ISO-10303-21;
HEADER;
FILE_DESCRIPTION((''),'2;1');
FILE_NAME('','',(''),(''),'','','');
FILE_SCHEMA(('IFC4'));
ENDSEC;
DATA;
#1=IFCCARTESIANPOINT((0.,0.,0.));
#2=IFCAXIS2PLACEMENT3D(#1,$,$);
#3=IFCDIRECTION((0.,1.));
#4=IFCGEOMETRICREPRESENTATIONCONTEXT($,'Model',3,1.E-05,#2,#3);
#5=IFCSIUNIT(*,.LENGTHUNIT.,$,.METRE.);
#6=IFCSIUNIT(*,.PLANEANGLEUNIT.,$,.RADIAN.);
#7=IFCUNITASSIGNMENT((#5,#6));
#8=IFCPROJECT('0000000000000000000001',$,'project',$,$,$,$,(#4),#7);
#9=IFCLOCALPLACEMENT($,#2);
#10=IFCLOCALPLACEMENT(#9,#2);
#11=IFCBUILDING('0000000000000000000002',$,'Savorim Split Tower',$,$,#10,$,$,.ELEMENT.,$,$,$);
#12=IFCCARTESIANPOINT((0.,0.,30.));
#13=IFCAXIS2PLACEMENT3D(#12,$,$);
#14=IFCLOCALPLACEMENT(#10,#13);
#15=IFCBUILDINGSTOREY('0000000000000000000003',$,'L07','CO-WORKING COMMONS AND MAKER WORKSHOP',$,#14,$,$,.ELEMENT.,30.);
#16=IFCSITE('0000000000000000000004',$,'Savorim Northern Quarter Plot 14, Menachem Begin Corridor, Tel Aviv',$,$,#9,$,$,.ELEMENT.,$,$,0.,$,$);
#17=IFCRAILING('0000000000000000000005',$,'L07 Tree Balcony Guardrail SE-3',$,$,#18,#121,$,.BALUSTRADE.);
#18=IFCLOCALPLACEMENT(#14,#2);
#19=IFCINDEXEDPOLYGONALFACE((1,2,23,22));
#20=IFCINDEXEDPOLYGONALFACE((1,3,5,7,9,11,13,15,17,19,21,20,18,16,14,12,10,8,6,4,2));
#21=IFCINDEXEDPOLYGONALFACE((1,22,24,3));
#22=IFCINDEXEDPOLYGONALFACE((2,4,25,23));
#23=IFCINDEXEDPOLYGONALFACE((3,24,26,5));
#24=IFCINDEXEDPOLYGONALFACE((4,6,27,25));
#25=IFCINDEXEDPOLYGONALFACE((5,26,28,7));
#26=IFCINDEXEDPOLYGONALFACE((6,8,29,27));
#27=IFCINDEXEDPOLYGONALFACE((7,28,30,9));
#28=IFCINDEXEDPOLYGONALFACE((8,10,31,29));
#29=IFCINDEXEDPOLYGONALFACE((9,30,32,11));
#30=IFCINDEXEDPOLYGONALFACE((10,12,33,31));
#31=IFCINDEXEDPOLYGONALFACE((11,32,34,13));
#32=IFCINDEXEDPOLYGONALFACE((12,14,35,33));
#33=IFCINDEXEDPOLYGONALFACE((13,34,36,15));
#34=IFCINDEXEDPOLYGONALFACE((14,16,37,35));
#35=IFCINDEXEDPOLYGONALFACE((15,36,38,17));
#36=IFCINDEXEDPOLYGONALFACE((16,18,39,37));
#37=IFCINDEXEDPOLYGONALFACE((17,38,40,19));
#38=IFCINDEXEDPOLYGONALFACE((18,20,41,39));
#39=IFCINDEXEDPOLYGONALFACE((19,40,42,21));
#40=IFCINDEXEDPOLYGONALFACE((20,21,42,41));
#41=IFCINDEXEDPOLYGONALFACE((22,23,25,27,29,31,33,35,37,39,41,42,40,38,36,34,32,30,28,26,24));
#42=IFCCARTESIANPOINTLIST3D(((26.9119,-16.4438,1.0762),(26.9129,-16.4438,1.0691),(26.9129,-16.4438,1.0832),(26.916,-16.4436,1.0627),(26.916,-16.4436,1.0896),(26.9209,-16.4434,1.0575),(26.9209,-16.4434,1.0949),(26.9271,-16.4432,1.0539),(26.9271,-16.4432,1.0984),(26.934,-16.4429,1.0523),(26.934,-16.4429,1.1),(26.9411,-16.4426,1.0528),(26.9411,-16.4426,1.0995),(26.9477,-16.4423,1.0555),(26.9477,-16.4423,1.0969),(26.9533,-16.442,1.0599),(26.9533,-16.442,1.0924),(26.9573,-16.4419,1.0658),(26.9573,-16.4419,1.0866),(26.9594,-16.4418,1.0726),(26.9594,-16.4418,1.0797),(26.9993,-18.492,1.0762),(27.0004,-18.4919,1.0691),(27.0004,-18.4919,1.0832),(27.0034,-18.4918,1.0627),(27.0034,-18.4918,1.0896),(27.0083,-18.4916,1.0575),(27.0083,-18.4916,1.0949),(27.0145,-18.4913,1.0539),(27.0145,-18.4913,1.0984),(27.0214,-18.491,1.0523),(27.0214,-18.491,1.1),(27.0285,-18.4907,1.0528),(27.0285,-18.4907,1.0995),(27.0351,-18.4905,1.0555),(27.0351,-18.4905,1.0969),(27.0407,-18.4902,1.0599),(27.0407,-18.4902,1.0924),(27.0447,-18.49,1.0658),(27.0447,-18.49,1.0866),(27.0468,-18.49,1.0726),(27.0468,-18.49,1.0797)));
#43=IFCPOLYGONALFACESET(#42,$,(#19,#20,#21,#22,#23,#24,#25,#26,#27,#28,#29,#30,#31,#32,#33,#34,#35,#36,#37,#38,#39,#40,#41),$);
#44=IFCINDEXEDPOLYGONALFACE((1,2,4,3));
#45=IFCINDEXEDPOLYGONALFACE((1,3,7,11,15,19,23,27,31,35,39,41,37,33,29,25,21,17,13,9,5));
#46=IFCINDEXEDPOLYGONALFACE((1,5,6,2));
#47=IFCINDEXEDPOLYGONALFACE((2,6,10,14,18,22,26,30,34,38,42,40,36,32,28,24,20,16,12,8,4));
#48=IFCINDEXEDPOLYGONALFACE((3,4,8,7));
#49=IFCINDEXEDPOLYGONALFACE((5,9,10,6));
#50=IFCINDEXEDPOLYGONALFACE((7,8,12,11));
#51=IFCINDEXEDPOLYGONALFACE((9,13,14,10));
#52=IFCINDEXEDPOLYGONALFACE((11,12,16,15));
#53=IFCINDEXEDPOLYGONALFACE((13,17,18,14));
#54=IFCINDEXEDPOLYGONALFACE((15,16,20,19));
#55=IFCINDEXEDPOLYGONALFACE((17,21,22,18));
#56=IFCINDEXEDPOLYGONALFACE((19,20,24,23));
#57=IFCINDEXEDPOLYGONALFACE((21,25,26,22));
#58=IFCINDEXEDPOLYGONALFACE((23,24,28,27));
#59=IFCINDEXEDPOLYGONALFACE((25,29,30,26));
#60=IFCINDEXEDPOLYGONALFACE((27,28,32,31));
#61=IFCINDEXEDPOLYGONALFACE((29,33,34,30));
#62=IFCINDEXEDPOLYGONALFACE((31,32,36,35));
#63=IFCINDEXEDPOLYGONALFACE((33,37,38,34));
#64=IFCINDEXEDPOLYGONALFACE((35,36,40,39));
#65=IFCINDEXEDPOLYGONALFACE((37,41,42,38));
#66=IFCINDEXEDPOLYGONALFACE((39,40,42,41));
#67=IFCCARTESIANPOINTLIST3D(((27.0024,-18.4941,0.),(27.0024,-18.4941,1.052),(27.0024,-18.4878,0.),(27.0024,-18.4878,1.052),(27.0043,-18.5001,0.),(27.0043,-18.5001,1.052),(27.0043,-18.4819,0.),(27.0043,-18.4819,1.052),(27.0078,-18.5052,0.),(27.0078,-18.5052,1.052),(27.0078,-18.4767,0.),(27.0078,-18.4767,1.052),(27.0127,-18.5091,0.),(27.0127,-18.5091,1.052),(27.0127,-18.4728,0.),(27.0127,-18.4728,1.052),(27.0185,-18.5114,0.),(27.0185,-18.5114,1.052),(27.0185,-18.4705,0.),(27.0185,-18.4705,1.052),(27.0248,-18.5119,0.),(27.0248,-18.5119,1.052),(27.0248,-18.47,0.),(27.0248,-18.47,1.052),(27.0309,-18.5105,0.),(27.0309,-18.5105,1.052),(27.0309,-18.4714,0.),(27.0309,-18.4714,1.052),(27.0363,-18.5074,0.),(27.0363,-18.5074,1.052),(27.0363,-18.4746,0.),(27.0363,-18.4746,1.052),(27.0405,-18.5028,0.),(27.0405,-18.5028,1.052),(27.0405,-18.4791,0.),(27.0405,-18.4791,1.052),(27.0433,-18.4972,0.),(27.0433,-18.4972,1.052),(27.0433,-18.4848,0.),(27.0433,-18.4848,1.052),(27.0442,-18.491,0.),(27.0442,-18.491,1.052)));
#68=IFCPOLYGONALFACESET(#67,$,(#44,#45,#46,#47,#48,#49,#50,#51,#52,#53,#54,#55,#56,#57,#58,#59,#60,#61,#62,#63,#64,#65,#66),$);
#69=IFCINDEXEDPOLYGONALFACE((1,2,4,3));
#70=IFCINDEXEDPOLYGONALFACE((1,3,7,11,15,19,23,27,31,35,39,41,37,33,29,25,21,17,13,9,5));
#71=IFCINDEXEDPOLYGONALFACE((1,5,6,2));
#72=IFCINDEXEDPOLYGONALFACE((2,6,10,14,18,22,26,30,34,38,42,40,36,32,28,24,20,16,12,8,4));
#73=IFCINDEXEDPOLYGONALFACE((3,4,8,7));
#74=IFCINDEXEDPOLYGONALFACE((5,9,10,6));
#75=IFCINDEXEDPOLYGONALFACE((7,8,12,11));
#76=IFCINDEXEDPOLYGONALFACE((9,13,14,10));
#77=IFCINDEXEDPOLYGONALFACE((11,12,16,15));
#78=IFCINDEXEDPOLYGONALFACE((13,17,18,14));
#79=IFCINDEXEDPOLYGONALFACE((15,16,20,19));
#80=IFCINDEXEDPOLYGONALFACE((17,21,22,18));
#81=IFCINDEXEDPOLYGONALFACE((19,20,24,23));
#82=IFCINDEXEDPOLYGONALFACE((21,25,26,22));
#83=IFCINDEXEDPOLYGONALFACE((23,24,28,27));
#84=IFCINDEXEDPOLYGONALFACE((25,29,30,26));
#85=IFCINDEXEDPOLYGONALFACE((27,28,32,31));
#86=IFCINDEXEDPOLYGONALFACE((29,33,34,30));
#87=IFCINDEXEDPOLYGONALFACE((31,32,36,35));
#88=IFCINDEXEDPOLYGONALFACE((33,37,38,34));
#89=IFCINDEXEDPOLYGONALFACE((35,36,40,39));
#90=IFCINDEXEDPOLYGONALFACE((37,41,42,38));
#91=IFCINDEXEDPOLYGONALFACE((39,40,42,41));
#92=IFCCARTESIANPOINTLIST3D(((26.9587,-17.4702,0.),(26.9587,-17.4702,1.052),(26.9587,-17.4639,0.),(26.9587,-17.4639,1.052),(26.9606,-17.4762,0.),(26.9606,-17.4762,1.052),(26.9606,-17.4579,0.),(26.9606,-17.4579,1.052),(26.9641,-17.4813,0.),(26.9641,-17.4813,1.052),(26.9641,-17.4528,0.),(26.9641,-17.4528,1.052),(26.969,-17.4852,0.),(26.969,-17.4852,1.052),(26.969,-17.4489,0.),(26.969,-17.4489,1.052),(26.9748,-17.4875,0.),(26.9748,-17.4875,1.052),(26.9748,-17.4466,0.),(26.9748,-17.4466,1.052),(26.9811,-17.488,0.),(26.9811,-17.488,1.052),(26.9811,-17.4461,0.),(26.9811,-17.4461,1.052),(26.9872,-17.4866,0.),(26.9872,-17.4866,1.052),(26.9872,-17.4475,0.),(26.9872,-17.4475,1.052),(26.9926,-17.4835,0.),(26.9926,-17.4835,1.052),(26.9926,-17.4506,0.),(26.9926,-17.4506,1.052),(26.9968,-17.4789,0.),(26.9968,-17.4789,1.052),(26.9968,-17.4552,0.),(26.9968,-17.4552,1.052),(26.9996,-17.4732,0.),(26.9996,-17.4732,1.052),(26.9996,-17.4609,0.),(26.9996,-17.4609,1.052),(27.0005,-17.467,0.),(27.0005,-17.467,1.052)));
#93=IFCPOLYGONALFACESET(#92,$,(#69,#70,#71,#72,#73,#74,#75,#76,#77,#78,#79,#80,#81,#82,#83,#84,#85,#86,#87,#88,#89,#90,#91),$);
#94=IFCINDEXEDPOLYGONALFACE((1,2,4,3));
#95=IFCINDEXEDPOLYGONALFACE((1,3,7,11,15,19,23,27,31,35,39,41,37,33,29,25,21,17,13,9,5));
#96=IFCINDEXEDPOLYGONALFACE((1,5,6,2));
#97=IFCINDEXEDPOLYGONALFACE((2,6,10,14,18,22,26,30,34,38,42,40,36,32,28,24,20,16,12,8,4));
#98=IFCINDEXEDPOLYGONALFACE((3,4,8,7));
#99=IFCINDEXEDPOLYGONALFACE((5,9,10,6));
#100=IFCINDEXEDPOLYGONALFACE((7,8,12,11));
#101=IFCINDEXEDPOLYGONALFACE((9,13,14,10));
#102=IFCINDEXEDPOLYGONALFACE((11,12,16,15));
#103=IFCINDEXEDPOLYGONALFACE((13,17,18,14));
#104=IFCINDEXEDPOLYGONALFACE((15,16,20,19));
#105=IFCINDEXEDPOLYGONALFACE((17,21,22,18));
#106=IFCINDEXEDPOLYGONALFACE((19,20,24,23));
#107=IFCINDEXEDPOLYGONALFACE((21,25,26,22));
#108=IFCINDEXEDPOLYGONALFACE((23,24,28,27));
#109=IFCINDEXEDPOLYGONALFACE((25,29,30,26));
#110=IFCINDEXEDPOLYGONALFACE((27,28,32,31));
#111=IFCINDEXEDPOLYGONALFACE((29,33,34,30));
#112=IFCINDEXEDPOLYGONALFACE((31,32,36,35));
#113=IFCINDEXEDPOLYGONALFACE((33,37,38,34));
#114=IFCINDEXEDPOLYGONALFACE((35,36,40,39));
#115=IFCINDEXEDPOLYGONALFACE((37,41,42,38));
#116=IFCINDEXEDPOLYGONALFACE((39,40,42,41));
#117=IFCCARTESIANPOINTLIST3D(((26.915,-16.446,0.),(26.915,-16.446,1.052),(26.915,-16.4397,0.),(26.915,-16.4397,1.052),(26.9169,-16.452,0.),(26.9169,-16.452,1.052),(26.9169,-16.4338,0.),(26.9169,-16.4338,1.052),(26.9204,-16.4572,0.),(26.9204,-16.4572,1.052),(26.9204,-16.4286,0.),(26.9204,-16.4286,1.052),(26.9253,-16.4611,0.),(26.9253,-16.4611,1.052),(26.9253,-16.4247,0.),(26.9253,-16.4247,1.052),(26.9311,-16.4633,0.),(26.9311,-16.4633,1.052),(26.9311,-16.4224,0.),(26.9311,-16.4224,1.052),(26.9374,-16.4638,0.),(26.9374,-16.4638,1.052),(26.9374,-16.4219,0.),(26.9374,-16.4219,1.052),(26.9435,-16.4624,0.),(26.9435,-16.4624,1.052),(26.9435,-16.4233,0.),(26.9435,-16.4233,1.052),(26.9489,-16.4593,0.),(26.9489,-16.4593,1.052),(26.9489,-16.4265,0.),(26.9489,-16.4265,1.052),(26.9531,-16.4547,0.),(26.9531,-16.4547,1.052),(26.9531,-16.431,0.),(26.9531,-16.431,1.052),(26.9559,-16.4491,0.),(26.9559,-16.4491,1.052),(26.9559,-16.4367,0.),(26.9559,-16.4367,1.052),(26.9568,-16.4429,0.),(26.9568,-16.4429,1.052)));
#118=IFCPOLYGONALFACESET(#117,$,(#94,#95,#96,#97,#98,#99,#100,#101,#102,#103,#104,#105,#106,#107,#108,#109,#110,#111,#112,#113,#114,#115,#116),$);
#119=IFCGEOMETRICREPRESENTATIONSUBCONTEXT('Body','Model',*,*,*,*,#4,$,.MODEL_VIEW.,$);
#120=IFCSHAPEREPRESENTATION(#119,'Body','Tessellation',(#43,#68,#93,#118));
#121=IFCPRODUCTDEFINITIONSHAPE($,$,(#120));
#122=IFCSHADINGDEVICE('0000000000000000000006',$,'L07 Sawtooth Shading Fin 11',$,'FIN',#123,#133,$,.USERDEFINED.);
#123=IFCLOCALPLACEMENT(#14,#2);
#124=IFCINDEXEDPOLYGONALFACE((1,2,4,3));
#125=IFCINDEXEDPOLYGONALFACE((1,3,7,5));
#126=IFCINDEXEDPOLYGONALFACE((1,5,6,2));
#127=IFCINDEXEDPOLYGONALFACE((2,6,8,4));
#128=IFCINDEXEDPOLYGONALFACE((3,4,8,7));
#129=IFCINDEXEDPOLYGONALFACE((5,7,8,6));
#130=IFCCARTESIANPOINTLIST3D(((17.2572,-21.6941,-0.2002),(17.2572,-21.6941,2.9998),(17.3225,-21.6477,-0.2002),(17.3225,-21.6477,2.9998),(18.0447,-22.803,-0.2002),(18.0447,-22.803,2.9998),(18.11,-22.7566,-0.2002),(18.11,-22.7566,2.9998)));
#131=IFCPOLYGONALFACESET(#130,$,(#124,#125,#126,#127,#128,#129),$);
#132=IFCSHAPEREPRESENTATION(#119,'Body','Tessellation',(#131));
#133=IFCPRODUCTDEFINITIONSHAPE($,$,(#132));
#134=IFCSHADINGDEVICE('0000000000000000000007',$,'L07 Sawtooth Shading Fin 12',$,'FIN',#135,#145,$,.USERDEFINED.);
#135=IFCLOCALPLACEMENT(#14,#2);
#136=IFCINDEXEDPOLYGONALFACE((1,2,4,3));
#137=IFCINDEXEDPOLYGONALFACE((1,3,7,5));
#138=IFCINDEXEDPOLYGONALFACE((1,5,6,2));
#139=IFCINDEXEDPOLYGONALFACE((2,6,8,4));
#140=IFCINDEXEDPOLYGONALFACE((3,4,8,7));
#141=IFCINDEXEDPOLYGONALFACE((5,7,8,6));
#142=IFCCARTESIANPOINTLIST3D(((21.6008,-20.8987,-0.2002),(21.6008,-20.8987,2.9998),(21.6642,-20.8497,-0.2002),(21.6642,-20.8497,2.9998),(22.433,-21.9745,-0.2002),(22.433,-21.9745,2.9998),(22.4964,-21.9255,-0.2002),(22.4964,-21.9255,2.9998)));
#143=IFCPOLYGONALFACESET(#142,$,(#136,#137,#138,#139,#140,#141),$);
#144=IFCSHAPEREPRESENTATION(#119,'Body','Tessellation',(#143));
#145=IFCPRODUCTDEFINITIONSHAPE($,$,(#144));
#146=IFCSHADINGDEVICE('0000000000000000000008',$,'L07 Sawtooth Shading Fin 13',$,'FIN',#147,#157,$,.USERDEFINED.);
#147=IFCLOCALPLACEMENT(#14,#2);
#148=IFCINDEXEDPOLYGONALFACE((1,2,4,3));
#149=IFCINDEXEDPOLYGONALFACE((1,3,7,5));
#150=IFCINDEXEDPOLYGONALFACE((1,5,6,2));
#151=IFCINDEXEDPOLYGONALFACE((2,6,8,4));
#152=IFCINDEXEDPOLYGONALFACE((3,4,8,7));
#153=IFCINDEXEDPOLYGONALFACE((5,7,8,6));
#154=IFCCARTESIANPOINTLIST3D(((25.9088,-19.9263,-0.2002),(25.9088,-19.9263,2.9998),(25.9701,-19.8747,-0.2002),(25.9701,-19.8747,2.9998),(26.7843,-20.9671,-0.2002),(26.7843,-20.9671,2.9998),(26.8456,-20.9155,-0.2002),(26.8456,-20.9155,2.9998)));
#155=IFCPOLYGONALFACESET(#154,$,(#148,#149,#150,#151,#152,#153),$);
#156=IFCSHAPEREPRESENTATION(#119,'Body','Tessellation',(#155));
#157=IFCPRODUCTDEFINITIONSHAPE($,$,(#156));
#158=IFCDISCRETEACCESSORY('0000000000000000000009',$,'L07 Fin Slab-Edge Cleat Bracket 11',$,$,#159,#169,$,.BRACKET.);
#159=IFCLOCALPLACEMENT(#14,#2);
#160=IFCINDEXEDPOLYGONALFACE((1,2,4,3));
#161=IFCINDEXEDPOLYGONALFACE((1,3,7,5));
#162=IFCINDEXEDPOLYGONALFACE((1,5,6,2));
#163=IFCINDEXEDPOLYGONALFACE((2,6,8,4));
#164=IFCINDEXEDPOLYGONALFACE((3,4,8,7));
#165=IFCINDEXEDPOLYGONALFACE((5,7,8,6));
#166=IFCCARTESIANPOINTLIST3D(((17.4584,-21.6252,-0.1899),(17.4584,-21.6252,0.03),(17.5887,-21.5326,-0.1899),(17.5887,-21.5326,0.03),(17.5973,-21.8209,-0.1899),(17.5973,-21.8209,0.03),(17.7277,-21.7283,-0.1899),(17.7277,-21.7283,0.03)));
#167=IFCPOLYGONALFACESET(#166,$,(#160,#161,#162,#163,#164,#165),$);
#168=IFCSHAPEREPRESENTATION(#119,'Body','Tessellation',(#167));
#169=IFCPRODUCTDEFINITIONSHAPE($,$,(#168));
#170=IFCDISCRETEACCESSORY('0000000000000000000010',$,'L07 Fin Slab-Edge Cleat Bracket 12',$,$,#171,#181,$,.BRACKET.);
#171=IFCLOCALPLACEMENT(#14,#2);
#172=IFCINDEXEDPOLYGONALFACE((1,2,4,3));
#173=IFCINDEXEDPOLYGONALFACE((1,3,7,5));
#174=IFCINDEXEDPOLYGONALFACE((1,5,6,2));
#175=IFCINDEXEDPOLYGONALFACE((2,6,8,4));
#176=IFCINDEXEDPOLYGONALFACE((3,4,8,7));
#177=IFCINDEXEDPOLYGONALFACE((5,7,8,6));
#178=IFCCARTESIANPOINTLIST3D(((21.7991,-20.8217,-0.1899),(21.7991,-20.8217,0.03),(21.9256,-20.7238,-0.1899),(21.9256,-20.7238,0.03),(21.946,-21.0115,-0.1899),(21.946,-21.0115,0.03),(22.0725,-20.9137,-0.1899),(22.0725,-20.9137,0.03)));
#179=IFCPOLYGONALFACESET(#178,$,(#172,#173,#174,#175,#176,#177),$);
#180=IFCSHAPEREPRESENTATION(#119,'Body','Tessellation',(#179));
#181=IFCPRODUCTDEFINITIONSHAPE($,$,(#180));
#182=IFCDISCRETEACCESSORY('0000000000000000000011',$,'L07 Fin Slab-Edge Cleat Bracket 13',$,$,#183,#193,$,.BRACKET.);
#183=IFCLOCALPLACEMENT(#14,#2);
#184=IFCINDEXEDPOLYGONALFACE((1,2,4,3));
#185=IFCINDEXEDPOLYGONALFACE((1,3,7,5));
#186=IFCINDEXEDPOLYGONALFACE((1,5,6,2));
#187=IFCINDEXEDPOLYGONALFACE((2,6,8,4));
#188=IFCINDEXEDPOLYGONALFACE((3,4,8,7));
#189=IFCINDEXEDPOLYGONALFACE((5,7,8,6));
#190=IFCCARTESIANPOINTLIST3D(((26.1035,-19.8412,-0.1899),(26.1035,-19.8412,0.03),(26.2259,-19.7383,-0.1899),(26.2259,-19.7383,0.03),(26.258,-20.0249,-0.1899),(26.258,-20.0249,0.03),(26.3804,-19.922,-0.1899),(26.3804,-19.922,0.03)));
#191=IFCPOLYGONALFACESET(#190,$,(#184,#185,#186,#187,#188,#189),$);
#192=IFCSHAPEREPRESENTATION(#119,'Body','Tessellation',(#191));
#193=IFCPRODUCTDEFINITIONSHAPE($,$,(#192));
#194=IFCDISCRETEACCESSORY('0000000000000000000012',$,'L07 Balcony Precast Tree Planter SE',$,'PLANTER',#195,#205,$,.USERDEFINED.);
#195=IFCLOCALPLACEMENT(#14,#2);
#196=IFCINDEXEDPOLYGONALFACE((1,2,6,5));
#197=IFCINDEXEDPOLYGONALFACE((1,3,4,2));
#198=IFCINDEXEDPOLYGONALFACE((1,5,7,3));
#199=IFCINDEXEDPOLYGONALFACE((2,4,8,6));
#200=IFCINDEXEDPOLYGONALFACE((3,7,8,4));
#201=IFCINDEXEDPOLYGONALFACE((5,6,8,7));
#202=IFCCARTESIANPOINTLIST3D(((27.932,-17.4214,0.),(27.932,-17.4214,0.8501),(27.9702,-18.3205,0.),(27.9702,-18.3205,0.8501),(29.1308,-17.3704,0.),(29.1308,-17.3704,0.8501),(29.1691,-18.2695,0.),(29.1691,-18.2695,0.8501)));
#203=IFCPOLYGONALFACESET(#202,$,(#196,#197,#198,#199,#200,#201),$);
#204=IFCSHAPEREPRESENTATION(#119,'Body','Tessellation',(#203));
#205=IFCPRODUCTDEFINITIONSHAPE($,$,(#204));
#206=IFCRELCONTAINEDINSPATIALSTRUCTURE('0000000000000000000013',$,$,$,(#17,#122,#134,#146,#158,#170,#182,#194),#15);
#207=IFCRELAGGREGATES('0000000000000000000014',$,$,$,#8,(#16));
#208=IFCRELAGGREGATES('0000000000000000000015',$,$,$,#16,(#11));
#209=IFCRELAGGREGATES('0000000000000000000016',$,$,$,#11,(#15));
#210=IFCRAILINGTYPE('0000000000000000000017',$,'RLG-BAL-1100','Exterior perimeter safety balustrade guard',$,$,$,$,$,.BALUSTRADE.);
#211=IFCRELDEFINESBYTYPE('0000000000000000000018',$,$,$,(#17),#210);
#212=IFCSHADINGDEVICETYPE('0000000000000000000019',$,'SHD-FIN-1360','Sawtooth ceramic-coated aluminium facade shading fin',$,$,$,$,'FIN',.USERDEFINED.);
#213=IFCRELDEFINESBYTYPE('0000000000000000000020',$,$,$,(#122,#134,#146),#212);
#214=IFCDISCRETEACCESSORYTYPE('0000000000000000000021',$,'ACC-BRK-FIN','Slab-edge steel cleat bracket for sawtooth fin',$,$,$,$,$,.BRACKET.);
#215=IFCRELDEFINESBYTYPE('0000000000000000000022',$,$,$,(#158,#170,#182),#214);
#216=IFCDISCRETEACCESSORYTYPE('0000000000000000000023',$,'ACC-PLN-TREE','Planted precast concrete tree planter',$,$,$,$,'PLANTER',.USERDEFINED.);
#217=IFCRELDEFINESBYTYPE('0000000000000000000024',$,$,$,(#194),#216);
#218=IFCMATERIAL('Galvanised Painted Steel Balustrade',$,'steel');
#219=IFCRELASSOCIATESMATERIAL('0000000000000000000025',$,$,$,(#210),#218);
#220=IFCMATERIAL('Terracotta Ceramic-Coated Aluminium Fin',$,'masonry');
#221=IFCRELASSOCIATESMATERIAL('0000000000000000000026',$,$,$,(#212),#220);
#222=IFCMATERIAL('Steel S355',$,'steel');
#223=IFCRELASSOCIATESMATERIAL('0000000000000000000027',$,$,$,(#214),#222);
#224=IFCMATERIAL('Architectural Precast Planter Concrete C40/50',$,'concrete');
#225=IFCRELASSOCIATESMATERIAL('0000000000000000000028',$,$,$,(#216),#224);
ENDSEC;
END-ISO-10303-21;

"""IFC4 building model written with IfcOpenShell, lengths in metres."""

from ifc_helpers import new_model, si_unit, direction, frame, origin, origin_2d, place, context, subcontext, project, spatial, rectangle, circle, extrude, material, type_object, element, save


model = new_model("IFC4")

# Units and contexts
model_context = context("Model", 3, precision=1e-05, world=origin(), true_north=direction((0.0, 1.0)))
body_context = subcontext(model_context, "Body", "Model", "MODEL_VIEW")
ifc_project = project(units=[si_unit("LENGTHUNIT", "METRE"), si_unit("PLANEANGLEUNIT", "RADIAN")], contexts=[model_context])

# Site, building, storey
site_placement = place(None, origin())
site = spatial("IfcSite", under=ifc_project, at=site_placement, Name="Savorim Northern Quarter Plot 14, Menachem Begin Corridor, Tel Aviv", CompositionType="ELEMENT", RefElevation=0.0)
building_placement = place(site_placement, origin())
building = spatial("IfcBuilding", under=site, at=building_placement, Name="Savorim Split Tower", CompositionType="ELEMENT")
storey_placement = place(building_placement, frame((0.0, 0.0, 30.0)))
storey = spatial("IfcBuildingStorey", under=building, at=storey_placement, Name="L07", Description="CO-WORKING COMMONS AND MAKER WORKSHOP", CompositionType="ELEMENT", Elevation=30.0)

# Shared definitions
ifc_material_1 = material(Name="Steel S355", Category="steel")

# Railing
ifc_material_2 = material(Name="Galvanised Painted Steel Balustrade", Category="steel")
railing_type = type_object("IfcRailingType", Name="RLG-BAL-1100", Description="Exterior perimeter safety balustrade guard", PredefinedType="BALUSTRADE", material=ifc_material_2)
railing_1_placement = place(storey_placement, frame((27.0232, -18.491, 0.0)))
element("IfcRailing", 1, at=railing_1_placement, inside=storey, type_object=railing_type, Name="L07 Tree Balcony Guardrail SE-3", PredefinedType="BALUSTRADE", context=body_context, shape_type="SweptSolid", body=[
    extrude(circle(Radius=0.0239, at=origin_2d()), frame((0.0, 0.0, 1.0762), z_axis=(-0.042636, 0.999091, 0.0), x_axis=(-0.999091, -0.042636, 0.0)), (0.0, 0.0, 1.0), 2.05),
    extrude(circle(Radius=0.021, at=origin_2d()), origin(), (0.0, 0.0, 1.0), 1.052),
    extrude(circle(Radius=0.021, at=origin_2d()), frame((-0.0437, 1.0239, 0.0)), (0.0, 0.0, 1.0), 1.052),
    extrude(circle(Radius=0.021, at=origin_2d()), frame((-0.0874, 2.0481, 0.0)), (0.0, 0.0, 1.0), 1.052),
])

# Shading devices
ifc_material_3 = material(Name="Terracotta Ceramic-Coated Aluminium Fin", Category="masonry")
shading_device_type = type_object("IfcShadingDeviceType", Name="SHD-FIN-1360", Description="Sawtooth ceramic-coated aluminium facade shading fin", ElementType="FIN", PredefinedType="USERDEFINED", material=ifc_material_3)
for number, where, z_axis, x_axis, name in (
    (2, (17.6836, -22.2253, -0.2002), (0.0, 0.0, 1.0), (0.578994, -0.815332, 0.0), "L07 Sawtooth Shading Fin 11"),
    (3, (22.0486, -21.4121, -0.2002), (0.0, 0.0, 1.0), (0.611868, -0.79096, 0.0), "L07 Sawtooth Shading Fin 12"),
    (4, (26.3772, -20.4209, -0.2002), (0.0, 0.0, 1.0), (0.643719, -0.765262, 0.0), "L07 Sawtooth Shading Fin 13"),
):
    element("IfcShadingDevice", number, at=place(storey_placement, frame(where, z_axis=z_axis, x_axis=x_axis)), inside=storey, type_object=shading_device_type, Name=name, ObjectType="FIN", PredefinedType="USERDEFINED", context=body_context, shape_type="SweptSolid", body=[
        extrude(rectangle(XDim=1.3601, YDim=0.0801, at=origin_2d()), origin(), (0.0, 0.0, 1.0), 3.2),
    ])

# Discrete accessories
discrete_accessory_type_1 = type_object("IfcDiscreteAccessoryType", Name="ACC-BRK-FIN", Description="Slab-edge steel cleat bracket for sawtooth fin", PredefinedType="BRACKET", material=ifc_material_1)
for number, where, z_axis, x_axis, name in (
    (5, (17.593, -21.6768, -0.1899), (0.0, 0.0, 1.0), (0.578994, -0.815332, 0.0), "L07 Fin Slab-Edge Cleat Bracket 11"),
    (6, (21.9358, -20.8677, -0.1899), (0.0, 0.0, 1.0), (0.611868, -0.79096, 0.0), "L07 Fin Slab-Edge Cleat Bracket 12"),
    (7, (26.2419, -19.8816, -0.1899), (0.0, 0.0, 1.0), (0.643719, -0.765262, 0.0), "L07 Fin Slab-Edge Cleat Bracket 13"),
):
    element("IfcDiscreteAccessory", number, at=place(storey_placement, frame(where, z_axis=z_axis, x_axis=x_axis)), inside=storey, type_object=discrete_accessory_type_1, Name=name, PredefinedType="BRACKET", context=body_context, shape_type="SweptSolid", body=[
        extrude(rectangle(XDim=0.24, YDim=0.1599, at=origin_2d()), origin(), (0.0, 0.0, 1.0), 0.22),
    ])
ifc_material_4 = material(Name="Architectural Precast Planter Concrete C40/50", Category="concrete")
discrete_accessory_type_2 = type_object("IfcDiscreteAccessoryType", Name="ACC-PLN-TREE", Description="Planted precast concrete tree planter", ElementType="PLANTER", PredefinedType="USERDEFINED", material=ifc_material_4)
discrete_accessory_placement = place(storey_placement, frame((28.5505, -17.8455, 0.0), z_axis=(0.0, 0.0, 1.0), x_axis=(0.999096, 0.042514, 0.0)))
element("IfcDiscreteAccessory", 8, at=discrete_accessory_placement, inside=storey, type_object=discrete_accessory_type_2, Name="L07 Balcony Precast Tree Planter SE", ObjectType="PLANTER", PredefinedType="USERDEFINED", context=body_context, shape_type="SweptSolid", body=[
    extrude(rectangle(XDim=1.2, YDim=0.8999, at=origin_2d()), origin(), (0.0, 0.0, 1.0), 0.8501),
])

save(model, "model.ifc")
